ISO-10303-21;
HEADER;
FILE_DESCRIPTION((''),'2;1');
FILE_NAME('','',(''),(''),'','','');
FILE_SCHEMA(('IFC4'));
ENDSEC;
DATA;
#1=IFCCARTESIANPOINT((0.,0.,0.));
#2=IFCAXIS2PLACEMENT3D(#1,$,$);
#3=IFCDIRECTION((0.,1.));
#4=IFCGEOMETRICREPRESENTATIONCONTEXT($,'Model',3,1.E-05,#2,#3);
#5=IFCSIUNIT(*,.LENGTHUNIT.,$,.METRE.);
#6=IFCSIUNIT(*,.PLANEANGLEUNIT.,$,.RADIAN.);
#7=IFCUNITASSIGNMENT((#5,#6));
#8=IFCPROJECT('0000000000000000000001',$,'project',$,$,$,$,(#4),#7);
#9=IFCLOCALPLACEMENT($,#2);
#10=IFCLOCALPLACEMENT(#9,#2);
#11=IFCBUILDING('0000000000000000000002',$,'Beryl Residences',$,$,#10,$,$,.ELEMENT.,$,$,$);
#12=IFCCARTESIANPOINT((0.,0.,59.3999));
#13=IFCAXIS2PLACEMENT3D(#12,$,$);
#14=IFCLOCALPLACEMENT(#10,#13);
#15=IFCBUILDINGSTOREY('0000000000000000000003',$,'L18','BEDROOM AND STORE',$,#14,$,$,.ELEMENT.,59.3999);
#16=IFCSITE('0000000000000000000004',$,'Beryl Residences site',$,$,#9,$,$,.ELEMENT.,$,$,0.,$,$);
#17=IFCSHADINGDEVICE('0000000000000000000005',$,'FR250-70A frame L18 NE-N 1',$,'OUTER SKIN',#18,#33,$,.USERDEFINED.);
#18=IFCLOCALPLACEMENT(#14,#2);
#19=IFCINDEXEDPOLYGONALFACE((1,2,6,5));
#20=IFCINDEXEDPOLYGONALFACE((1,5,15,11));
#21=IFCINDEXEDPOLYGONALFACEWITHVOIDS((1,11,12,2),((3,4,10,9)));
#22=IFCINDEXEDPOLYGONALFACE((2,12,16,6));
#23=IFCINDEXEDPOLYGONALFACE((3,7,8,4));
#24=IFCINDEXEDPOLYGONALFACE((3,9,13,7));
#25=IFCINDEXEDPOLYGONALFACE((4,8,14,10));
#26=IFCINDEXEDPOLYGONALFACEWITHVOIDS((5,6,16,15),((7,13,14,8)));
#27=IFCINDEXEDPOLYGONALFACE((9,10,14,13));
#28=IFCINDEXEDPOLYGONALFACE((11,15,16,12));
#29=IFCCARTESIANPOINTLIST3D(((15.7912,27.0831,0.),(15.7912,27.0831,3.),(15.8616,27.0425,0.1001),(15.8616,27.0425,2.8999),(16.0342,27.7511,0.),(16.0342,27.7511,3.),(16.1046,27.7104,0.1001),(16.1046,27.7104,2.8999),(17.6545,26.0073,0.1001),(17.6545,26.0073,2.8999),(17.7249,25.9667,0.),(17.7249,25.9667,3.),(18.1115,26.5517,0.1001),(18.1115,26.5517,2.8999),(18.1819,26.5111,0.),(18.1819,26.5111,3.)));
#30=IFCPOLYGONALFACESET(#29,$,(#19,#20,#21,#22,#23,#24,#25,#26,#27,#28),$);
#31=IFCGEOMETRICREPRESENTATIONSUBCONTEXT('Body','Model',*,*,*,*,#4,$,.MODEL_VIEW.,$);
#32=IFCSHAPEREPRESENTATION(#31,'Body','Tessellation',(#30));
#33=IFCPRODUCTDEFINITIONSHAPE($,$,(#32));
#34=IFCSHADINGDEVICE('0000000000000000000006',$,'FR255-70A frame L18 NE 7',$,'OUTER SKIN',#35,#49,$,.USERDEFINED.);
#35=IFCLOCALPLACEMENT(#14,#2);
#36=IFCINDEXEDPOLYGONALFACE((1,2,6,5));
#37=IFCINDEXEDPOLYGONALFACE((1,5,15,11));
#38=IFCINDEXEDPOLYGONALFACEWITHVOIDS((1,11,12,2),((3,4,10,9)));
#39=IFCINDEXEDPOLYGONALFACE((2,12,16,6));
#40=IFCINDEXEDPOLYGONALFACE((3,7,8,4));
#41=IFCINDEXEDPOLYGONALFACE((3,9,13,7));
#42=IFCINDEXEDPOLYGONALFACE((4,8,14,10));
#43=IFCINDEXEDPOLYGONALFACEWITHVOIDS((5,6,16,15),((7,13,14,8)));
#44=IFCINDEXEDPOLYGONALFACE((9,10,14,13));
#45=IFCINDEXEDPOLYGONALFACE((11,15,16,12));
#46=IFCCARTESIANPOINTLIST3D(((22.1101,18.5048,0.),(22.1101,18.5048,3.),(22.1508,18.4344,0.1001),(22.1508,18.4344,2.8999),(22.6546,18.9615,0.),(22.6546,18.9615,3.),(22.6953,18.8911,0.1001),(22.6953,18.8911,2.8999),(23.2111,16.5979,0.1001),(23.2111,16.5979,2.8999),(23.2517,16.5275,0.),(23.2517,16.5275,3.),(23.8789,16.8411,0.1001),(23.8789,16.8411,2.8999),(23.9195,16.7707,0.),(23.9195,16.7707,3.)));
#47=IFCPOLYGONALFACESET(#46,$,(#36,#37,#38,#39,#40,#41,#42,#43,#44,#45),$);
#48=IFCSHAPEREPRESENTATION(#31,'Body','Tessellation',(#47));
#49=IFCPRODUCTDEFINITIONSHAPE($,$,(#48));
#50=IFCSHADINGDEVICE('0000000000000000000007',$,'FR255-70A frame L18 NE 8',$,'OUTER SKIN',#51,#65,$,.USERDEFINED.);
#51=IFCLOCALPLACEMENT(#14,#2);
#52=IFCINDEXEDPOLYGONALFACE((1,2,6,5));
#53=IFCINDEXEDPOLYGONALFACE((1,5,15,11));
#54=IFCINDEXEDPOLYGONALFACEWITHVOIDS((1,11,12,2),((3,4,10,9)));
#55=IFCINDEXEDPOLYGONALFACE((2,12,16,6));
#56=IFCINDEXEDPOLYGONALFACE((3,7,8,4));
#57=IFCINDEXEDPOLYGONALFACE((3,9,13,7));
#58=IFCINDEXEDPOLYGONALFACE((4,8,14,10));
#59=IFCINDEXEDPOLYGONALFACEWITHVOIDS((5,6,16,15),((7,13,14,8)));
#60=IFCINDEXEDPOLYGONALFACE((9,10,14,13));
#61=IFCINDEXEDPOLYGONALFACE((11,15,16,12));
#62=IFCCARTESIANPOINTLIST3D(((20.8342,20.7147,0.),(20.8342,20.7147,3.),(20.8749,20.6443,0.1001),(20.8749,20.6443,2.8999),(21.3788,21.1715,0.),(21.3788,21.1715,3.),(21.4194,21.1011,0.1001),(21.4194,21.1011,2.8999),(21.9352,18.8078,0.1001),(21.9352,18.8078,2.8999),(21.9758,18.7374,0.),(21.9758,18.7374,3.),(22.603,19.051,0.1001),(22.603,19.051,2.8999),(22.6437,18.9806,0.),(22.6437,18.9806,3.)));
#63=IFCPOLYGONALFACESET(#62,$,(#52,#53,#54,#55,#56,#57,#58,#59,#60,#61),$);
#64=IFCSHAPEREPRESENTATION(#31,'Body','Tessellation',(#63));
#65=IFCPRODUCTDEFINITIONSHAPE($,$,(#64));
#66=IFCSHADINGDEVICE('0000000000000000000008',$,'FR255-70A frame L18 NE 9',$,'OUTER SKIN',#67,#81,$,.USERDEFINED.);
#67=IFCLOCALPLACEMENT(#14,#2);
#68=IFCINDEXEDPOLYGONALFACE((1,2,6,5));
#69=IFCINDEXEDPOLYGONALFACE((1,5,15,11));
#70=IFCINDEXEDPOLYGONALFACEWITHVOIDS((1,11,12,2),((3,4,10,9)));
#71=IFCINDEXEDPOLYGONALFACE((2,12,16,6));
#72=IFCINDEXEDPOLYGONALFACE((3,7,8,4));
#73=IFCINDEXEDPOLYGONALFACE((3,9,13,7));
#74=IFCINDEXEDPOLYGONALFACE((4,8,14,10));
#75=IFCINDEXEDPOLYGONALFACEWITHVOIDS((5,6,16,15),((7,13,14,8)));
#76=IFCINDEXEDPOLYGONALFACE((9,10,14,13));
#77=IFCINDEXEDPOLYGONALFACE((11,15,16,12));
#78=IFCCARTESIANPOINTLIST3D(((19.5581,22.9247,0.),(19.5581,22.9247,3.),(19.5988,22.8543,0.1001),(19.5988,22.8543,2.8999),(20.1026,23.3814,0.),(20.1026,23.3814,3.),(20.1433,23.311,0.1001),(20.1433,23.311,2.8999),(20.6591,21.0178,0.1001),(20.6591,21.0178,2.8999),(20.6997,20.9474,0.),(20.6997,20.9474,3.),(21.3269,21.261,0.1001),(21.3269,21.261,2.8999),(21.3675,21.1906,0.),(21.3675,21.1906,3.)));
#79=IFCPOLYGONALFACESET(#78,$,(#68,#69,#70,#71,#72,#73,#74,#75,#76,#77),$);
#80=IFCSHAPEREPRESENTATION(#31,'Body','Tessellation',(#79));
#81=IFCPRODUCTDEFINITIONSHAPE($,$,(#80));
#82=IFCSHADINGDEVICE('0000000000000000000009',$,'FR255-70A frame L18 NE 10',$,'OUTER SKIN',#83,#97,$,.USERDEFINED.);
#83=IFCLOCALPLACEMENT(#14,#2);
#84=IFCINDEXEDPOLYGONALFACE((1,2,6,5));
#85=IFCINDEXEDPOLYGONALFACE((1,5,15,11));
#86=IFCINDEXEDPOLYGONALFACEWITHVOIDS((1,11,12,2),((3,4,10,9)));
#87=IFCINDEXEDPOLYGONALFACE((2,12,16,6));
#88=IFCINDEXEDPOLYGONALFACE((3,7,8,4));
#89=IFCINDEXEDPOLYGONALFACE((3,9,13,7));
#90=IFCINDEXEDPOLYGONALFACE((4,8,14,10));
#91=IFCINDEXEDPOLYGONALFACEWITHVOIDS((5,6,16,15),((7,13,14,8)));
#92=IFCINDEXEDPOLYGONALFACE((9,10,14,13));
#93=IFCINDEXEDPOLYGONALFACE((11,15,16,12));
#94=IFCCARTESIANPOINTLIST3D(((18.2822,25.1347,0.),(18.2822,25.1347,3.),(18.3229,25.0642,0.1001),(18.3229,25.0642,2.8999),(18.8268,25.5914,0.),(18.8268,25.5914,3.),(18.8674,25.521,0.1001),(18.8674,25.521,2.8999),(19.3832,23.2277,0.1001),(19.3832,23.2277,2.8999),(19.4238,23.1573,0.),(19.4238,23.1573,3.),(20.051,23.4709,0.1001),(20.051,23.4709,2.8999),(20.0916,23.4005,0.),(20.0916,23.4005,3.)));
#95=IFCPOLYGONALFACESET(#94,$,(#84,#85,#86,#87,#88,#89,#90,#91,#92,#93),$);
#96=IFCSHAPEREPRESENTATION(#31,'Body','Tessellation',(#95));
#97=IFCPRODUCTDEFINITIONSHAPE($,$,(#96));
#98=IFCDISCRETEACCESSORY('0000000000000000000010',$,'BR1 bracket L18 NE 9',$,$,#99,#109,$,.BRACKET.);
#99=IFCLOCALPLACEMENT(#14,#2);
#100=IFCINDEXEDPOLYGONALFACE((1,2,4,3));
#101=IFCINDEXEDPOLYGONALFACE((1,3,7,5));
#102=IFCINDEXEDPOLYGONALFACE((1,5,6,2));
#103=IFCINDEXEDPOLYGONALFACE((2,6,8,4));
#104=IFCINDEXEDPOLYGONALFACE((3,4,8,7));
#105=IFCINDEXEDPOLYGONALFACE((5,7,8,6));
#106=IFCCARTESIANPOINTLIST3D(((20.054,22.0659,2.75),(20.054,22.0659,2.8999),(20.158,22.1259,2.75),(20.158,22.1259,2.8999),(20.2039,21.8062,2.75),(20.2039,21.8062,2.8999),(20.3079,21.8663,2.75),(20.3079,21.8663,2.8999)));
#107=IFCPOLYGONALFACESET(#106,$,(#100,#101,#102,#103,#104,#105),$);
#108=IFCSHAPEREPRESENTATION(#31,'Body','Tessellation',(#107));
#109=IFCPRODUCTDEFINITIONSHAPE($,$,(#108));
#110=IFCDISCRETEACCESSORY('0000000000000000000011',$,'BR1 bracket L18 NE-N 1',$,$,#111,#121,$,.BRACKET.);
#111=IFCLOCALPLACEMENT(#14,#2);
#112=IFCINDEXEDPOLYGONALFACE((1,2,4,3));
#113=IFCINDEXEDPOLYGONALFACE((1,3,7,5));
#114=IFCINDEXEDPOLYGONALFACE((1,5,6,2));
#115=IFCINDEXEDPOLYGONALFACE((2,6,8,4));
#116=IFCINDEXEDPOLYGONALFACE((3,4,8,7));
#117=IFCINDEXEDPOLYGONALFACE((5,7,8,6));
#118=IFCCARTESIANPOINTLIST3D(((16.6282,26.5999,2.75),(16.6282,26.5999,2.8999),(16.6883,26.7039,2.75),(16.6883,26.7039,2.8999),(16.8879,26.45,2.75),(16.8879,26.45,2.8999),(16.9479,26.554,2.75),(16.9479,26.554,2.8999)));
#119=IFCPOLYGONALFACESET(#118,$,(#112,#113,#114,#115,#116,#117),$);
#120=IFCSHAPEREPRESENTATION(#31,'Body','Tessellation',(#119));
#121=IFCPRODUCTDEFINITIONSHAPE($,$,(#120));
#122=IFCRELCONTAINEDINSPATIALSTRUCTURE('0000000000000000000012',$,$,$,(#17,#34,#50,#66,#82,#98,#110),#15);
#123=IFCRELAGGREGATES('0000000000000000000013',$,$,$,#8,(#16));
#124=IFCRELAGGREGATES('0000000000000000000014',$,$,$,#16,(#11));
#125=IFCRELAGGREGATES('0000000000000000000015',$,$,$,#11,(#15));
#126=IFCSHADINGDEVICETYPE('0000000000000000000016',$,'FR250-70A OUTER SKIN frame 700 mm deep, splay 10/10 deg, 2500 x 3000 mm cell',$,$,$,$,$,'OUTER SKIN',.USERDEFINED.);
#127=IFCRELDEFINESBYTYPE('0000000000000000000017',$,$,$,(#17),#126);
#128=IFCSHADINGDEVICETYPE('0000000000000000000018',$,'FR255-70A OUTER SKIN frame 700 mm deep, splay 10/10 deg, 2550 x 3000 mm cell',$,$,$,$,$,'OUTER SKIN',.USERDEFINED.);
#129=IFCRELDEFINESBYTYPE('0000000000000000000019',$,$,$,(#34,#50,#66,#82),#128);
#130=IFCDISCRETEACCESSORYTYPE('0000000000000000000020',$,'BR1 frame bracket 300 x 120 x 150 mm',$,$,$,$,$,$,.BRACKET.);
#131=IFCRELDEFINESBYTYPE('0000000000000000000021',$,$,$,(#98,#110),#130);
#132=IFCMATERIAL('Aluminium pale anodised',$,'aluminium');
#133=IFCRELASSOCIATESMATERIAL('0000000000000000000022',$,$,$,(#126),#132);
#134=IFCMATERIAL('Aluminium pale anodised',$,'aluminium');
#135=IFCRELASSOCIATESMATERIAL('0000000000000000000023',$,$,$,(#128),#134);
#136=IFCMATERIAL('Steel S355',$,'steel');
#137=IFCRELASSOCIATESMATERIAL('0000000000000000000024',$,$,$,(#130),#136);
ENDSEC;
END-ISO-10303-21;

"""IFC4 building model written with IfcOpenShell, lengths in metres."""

from ifc_helpers import new_model, entity, si_unit, direction, frame, origin, place, context, subcontext, project, spatial, polyline, outline, extrude, source, transform, mapped, material, type_object, type_shapes, element, save


model = new_model("IFC4")

# Units and contexts
model_context = context("Model", 3, precision=1e-05, world=origin(), true_north=direction((0.0, 1.0)))
body_context = subcontext(model_context, "Body", "Model", "MODEL_VIEW")
ifc_project = project(units=[si_unit("LENGTHUNIT", "METRE"), si_unit("PLANEANGLEUNIT", "RADIAN")], contexts=[model_context])

# Site, building, storey
site_placement = place(None, origin())
site = spatial("IfcSite", under=ifc_project, at=site_placement, Name="Beryl Residences site", CompositionType="ELEMENT", RefElevation=0.0)
building_placement = place(site_placement, origin())
building = spatial("IfcBuilding", under=site, at=building_placement, Name="Beryl Residences", CompositionType="ELEMENT")
storey_placement = place(building_placement, frame((0.0, 0.0, 59.3999)))
storey = spatial("IfcBuildingStorey", under=building, at=storey_placement, Name="L18", Description="BEDROOM AND STORE", CompositionType="ELEMENT", Elevation=59.3999)

# Shading devices
ifc_material_1 = material(Name="Aluminium pale anodised", Category="aluminium")
shading_device_type_1 = type_object("IfcShadingDeviceType", Name="FR250-70A OUTER SKIN frame 700 mm deep, splay 10/10 deg, 2500 x 3000 mm cell", ElementType="OUTER SKIN", PredefinedType="USERDEFINED", material=ifc_material_1)
cartesian_point_1 = entity("IfcCartesianPoint", [-1.1165, 0.0])
cartesian_point_2 = entity("IfcCartesianPoint", [-1.0352, 0.1001])
cartesian_point_3 = entity("IfcCartesianPoint", [-1.24, 0.0])
cartesian_point_4 = entity("IfcCartesianPoint", [-1.1587, 0.1001])
shared_shape_1 = source(origin(), body_context, "Body", "SweptSolid", [
    entity("IfcExtrudedAreaSolidTapered", entity("IfcArbitraryProfileDefWithVoids", "AREA", None, entity("IfcPolyline", [cartesian_point_1, entity("IfcCartesianPoint", [1.1165, 0.0]), entity("IfcCartesianPoint", [1.1165, 3.0]), entity("IfcCartesianPoint", [-1.1165, 3.0]), cartesian_point_1]), [entity("IfcPolyline", [cartesian_point_2, entity("IfcCartesianPoint", [1.0352, 0.1001]), entity("IfcCartesianPoint", [1.0352, 2.8999]), entity("IfcCartesianPoint", [-1.0352, 2.8999]), cartesian_point_2])]), entity("IfcAxis2Placement3D", entity("IfcCartesianPoint", [0.0, 0.0, 0.0]), entity("IfcDirection", [0.0, 1.0, 0.0]), entity("IfcDirection", [-1.0, 0.0, 0.0])), entity("IfcDirection", [0.0, 0.0, 1.0]), 0.7, entity("IfcArbitraryProfileDefWithVoids", "AREA", None, entity("IfcPolyline", [cartesian_point_3, entity("IfcCartesianPoint", [1.24, 0.0]), entity("IfcCartesianPoint", [1.24, 3.0]), entity("IfcCartesianPoint", [-1.24, 3.0]), cartesian_point_3]), [entity("IfcPolyline", [cartesian_point_4, entity("IfcCartesianPoint", [1.1587, 0.1001]), entity("IfcCartesianPoint", [1.1587, 2.8999]), entity("IfcCartesianPoint", [-1.1587, 2.8999]), cartesian_point_4])])),
])
type_shapes(shading_device_type_1, [shared_shape_1])
shading_device_placement = place(storey_placement, frame((16.7581, 26.5249, 0.0), z_axis=(0.0, 0.0, 1.0), x_axis=(0.866025, -0.5, 0.0)))
element("IfcShadingDevice", 1, at=shading_device_placement, inside=storey, type_object=shading_device_type_1, Name="FR250-70A frame L18 NE-N 1", ObjectType="OUTER SKIN", PredefinedType="USERDEFINED", context=body_context, shape_type="MappedRepresentation", body=[
    mapped(shared_shape_1, transform((0.0, 0.0, 0.0))),
])
ifc_material_2 = material(Name="Aluminium pale anodised", Category="aluminium")
shading_device_type_2 = type_object("IfcShadingDeviceType", Name="FR255-70A OUTER SKIN frame 700 mm deep, splay 10/10 deg, 2550 x 3000 mm cell", ElementType="OUTER SKIN", PredefinedType="USERDEFINED", material=ifc_material_2)
cartesian_point_5 = entity("IfcCartesianPoint", [-1.1416, 0.0])
cartesian_point_6 = entity("IfcCartesianPoint", [-1.0603, 0.1001])
cartesian_point_7 = entity("IfcCartesianPoint", [-1.2649, 0.0])
cartesian_point_8 = entity("IfcCartesianPoint", [-1.1836, 0.1001])
shared_shape_2 = source(origin(), body_context, "Body", "SweptSolid", [
    entity("IfcExtrudedAreaSolidTapered", entity("IfcArbitraryProfileDefWithVoids", "AREA", None, entity("IfcPolyline", [cartesian_point_5, entity("IfcCartesianPoint", [1.1416, 0.0]), entity("IfcCartesianPoint", [1.1416, 3.0]), entity("IfcCartesianPoint", [-1.1416, 3.0]), cartesian_point_5]), [entity("IfcPolyline", [cartesian_point_6, entity("IfcCartesianPoint", [1.0603, 0.1001]), entity("IfcCartesianPoint", [1.0603, 2.8999]), entity("IfcCartesianPoint", [-1.0603, 2.8999]), cartesian_point_6])]), entity("IfcAxis2Placement3D", entity("IfcCartesianPoint", [0.0, 0.0, 0.0]), entity("IfcDirection", [0.0, 1.0, 0.0]), entity("IfcDirection", [-1.0, 0.0, 0.0])), entity("IfcDirection", [0.0, 0.0, 1.0]), 0.7, entity("IfcArbitraryProfileDefWithVoids", "AREA", None, entity("IfcPolyline", [cartesian_point_7, entity("IfcCartesianPoint", [1.2649, 0.0]), entity("IfcCartesianPoint", [1.2649, 3.0]), entity("IfcCartesianPoint", [-1.2649, 3.0]), cartesian_point_7]), [entity("IfcPolyline", [cartesian_point_8, entity("IfcCartesianPoint", [1.1836, 0.1001]), entity("IfcCartesianPoint", [1.1836, 2.8999]), entity("IfcCartesianPoint", [-1.1836, 2.8999]), cartesian_point_8])])),
])
type_shapes(shading_device_type_2, [shared_shape_2])
for number, where, z_axis, x_axis, name in (
    (2, (22.6809, 17.5161, 0.0), (0.0, 0.0, 1.0), (0.5, -0.866025, 0.0), "FR255-70A frame L18 NE 7"),
    (3, (21.405, 19.7261, 0.0), (0.0, 0.0, 1.0), (0.5, -0.866025, 0.0), "FR255-70A frame L18 NE 8"),
    (4, (20.1289, 21.936, 0.0), (0.0, 0.0, 1.0), (0.5, -0.866025, 0.0), "FR255-70A frame L18 NE 9"),
    (5, (18.853, 24.146, 0.0), (0.0, 0.0, 1.0), (0.5, -0.866025, 0.0), "FR255-70A frame L18 NE 10"),
):
    element("IfcShadingDevice", number, at=place(storey_placement, frame(where, z_axis=z_axis, x_axis=x_axis)), inside=storey, type_object=shading_device_type_2, Name=name, ObjectType="OUTER SKIN", PredefinedType="USERDEFINED", context=body_context, shape_type="MappedRepresentation", body=[
        mapped(shared_shape_2, transform((0.0, 0.0, 0.0))),
    ])

# Discrete accessories
ifc_material_3 = material(Name="Steel S355", Category="steel")
discrete_accessory_type = type_object("IfcDiscreteAccessoryType", Name="BR1 frame bracket 300 x 120 x 150 mm", PredefinedType="BRACKET", material=ifc_material_3)
shared_shape_3 = source(origin(), body_context, "Body", "SweptSolid", [
    extrude(outline(polyline([(-0.1499, 0.0), (0.1499, 0.0), (0.1499, 0.1201), (-0.1499, 0.1201), (-0.1499, 0.0)])), origin(), (0.0, 0.0, 1.0), 0.1499),
])
type_shapes(discrete_accessory_type, [shared_shape_3])
for number, where, z_axis, x_axis, name in (
    (6, (20.1289, 21.936, 2.75), (0.0, 0.0, 1.0), (0.5, -0.866025, 0.0), "BR1 bracket L18 NE 9"),
    (7, (16.7581, 26.5249, 2.75), (0.0, 0.0, 1.0), (0.866025, -0.5, 0.0), "BR1 bracket L18 NE-N 1"),
):
    element("IfcDiscreteAccessory", number, at=place(storey_placement, frame(where, z_axis=z_axis, x_axis=x_axis)), inside=storey, type_object=discrete_accessory_type, Name=name, PredefinedType="BRACKET", context=body_context, shape_type="MappedRepresentation", body=[
        mapped(shared_shape_3, transform((0.0, 0.0, 0.0))),
    ])

save(model, "model.ifc")
